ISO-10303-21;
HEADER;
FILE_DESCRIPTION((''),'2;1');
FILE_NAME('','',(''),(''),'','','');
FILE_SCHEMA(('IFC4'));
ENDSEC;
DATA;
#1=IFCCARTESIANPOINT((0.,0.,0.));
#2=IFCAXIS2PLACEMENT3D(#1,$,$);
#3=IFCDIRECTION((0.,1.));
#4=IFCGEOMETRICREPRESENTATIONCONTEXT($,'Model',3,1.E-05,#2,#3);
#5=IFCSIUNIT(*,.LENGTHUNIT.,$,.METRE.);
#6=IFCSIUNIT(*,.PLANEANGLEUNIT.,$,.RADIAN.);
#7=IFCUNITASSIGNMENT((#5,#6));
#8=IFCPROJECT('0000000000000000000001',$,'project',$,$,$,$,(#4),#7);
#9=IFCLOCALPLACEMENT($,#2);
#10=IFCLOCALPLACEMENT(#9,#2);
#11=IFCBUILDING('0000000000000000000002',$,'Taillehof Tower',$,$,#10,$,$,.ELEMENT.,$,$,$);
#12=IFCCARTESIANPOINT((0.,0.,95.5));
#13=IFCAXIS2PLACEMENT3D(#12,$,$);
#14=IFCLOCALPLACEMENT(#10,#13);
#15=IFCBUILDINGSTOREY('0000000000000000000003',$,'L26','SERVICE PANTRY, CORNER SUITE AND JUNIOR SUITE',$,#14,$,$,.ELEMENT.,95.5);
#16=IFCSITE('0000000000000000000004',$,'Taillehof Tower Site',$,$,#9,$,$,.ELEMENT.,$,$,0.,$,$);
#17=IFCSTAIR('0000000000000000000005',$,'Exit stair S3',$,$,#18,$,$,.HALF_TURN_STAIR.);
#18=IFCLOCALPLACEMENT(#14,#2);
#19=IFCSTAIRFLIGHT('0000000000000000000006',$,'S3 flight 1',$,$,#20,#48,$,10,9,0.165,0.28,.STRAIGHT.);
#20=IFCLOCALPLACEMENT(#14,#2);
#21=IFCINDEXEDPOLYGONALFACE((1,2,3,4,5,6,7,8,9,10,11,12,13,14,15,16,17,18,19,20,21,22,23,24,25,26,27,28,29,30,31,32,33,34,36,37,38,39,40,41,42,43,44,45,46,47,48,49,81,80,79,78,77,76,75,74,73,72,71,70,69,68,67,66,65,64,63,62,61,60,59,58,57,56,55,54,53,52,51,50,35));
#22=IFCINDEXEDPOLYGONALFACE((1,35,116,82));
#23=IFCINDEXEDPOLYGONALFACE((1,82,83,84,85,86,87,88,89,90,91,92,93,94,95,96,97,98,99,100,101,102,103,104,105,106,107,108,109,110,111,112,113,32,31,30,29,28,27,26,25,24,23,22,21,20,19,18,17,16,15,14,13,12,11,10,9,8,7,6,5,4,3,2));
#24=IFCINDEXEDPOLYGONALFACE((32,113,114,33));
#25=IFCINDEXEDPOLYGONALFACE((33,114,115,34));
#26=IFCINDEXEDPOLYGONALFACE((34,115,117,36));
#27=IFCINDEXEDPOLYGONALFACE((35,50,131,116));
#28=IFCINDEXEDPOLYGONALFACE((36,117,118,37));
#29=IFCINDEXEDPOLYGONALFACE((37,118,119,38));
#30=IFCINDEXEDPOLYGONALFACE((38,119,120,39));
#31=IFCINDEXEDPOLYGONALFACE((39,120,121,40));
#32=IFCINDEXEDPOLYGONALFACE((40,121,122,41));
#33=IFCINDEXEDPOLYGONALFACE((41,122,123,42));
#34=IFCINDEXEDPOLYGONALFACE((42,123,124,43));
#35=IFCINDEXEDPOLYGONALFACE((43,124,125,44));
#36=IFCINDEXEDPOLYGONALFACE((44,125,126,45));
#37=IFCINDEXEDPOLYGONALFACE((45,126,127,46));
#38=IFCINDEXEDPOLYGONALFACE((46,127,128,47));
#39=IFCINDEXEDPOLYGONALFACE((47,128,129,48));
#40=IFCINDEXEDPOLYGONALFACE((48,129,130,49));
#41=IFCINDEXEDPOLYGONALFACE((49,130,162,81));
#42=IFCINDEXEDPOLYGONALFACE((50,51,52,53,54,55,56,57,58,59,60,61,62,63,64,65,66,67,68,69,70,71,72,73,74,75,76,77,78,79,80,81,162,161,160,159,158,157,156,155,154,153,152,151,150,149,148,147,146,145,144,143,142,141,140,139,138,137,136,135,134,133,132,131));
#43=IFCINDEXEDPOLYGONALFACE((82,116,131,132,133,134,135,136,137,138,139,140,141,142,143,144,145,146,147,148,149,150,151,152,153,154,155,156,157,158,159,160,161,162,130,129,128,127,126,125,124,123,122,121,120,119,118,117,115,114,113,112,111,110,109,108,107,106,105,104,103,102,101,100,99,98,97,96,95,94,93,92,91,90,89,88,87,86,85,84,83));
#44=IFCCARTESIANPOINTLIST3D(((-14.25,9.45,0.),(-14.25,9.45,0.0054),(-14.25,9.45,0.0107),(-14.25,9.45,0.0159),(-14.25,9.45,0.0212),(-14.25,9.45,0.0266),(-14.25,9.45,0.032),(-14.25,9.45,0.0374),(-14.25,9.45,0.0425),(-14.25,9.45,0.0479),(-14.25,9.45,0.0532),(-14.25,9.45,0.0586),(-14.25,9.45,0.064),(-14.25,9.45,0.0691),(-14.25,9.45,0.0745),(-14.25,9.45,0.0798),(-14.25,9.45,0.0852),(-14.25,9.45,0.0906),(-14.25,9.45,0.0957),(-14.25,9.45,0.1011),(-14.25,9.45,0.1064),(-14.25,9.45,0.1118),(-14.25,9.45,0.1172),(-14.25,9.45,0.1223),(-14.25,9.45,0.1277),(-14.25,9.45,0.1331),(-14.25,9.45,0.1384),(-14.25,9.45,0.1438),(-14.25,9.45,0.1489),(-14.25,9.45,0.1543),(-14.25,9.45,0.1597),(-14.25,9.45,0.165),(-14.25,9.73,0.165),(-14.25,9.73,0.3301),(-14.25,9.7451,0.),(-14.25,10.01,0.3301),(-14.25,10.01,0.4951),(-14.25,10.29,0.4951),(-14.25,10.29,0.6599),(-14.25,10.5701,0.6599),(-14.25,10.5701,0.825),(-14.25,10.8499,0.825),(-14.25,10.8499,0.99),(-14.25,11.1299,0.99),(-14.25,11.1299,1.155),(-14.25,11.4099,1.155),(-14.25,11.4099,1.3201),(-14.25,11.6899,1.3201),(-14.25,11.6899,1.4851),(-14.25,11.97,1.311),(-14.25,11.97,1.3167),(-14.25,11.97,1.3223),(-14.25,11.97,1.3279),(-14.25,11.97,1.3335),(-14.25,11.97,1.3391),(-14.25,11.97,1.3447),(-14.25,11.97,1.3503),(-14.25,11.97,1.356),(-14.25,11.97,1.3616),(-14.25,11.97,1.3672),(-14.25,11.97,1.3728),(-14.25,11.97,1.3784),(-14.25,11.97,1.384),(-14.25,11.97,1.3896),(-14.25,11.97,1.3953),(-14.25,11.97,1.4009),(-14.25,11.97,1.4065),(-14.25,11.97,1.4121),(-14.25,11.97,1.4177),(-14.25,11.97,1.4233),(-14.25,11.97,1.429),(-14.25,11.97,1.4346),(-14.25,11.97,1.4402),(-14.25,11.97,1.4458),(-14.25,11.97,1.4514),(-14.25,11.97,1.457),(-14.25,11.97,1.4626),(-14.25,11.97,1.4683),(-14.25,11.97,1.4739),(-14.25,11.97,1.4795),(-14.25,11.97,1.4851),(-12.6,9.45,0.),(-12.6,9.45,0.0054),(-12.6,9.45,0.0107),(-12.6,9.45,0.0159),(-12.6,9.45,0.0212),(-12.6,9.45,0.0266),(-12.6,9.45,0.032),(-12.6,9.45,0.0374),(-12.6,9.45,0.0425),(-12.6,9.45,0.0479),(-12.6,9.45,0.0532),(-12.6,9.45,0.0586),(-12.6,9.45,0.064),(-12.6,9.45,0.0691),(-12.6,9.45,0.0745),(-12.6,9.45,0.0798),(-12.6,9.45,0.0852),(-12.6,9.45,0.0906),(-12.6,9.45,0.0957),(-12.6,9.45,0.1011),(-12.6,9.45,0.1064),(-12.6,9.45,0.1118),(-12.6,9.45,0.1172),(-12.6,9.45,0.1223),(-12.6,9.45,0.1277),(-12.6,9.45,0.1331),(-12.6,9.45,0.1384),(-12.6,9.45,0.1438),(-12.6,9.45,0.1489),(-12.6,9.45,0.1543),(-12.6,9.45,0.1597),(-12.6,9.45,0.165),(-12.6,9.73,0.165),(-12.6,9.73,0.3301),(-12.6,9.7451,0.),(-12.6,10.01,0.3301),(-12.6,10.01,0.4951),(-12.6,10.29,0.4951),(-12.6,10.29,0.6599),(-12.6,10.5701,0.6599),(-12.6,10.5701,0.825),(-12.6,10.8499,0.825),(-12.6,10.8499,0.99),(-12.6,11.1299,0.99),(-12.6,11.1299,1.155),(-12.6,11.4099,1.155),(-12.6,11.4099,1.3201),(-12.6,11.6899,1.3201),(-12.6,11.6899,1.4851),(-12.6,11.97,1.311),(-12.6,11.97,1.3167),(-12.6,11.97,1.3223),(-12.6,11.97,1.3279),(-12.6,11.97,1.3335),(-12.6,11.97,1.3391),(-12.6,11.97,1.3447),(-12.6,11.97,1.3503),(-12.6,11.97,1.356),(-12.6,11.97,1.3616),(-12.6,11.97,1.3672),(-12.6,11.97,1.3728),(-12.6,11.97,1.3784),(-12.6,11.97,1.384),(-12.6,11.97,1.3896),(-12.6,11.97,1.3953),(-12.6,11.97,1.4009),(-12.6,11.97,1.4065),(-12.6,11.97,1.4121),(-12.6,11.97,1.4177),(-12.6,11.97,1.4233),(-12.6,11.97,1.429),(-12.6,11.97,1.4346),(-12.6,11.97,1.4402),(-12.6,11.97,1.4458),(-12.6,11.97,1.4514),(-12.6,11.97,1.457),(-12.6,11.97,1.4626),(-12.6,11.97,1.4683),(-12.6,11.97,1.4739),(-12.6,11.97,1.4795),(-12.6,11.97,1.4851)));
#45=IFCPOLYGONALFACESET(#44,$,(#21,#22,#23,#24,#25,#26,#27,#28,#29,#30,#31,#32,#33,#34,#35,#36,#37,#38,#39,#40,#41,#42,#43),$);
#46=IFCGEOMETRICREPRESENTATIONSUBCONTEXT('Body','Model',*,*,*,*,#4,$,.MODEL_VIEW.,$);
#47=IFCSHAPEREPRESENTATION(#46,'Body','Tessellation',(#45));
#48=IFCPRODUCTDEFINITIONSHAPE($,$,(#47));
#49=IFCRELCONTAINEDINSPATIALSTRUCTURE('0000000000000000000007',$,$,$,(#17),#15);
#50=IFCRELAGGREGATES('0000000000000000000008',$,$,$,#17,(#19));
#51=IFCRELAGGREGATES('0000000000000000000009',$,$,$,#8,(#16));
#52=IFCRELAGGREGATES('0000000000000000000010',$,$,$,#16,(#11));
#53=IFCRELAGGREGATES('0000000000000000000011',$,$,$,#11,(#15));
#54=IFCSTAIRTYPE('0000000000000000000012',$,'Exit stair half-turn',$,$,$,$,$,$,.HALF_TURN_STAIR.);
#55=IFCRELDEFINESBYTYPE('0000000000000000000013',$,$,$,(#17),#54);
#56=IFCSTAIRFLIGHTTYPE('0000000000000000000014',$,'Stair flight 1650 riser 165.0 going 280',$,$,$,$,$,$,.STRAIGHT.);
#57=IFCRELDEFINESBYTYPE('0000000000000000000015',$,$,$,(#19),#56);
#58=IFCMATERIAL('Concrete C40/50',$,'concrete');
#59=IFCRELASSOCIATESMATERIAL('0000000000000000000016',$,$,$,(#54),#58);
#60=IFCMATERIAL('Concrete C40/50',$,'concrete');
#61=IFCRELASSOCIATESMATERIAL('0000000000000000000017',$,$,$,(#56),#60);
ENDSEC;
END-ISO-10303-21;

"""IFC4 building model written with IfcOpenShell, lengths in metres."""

from ifc_helpers import new_model, si_unit, direction, frame, origin, place, context, subcontext, project, spatial, polyline, outline, extrude, material, type_object, element, aggregate, save


model = new_model("IFC4")

# Units and contexts
model_context = context("Model", 3, precision=1e-05, world=origin(), true_north=direction((0.0, 1.0)))
body_context = subcontext(model_context, "Body", "Model", "MODEL_VIEW")
ifc_project = project(units=[si_unit("LENGTHUNIT", "METRE"), si_unit("PLANEANGLEUNIT", "RADIAN")], contexts=[model_context])

# Site, building, storey
site_placement = place(None, origin())
site = spatial("IfcSite", under=ifc_project, at=site_placement, Name="Taillehof Tower Site", CompositionType="ELEMENT", RefElevation=0.0)
building_placement = place(site_placement, origin())
building = spatial("IfcBuilding", under=site, at=building_placement, Name="Taillehof Tower", CompositionType="ELEMENT")
storey_placement = place(building_placement, frame((0.0, 0.0, 95.5)))
storey = spatial("IfcBuildingStorey", under=building, at=storey_placement, Name="L26", Description="SERVICE PANTRY, CORNER SUITE AND JUNIOR SUITE", CompositionType="ELEMENT", Elevation=95.5)

# Stair, stair flight
ifc_material_1 = material(Name="Concrete C40/50", Category="concrete")
stair_type = type_object("IfcStairType", Name="Exit stair half-turn", PredefinedType="HALF_TURN_STAIR", material=ifc_material_1)
stair_placement = place(storey_placement, origin())
stair = element("IfcStair", 1, at=stair_placement, inside=storey, type_object=stair_type, Name="Exit stair S3", PredefinedType="HALF_TURN_STAIR")
ifc_material_2 = material(Name="Concrete C40/50", Category="concrete")
stair_flight_type = type_object("IfcStairFlightType", Name="Stair flight 1650 riser 165.0 going 280", PredefinedType="STRAIGHT", material=ifc_material_2)
stair_flight_placement = place(storey_placement, frame((-13.425, 9.45, 0.0), z_axis=(0.0, 0.0, 1.0), x_axis=(0.0, 1.0, 0.0)))
stair_flight = element("IfcStairFlight", 2, at=stair_flight_placement, type_object=stair_flight_type, Name="S3 flight 1", NumberOfRisers=10, NumberOfTreads=9, PredefinedType="STRAIGHT", RiserHeight=0.165, TreadLength=0.28, context=body_context, shape_type="SweptSolid", body=[
    extrude(outline(polyline([(0.0, 0.0), (0.0, 0.0054), (0.0, 0.0107), (0.0, 0.0159), (0.0, 0.0212), (0.0, 0.0266), (0.0, 0.032), (0.0, 0.0374), (0.0, 0.0425), (0.0, 0.0479), (0.0, 0.0532), (0.0, 0.0586), (0.0, 0.064), (0.0, 0.0691), (0.0, 0.0745), (0.0, 0.0798), (0.0, 0.0852), (0.0, 0.0906), (0.0, 0.0957), (0.0, 0.1011), (0.0, 0.1064), (0.0, 0.1118), (0.0, 0.1172), (0.0, 0.1223), (0.0, 0.1277), (0.0, 0.1331), (0.0, 0.1384), (0.0, 0.1438), (0.0, 0.1489), (0.0, 0.1543), (0.0, 0.1597), (0.0, 0.165), (0.28, 0.165), (0.28, 0.3301), (0.5601, 0.3301), (0.5601, 0.4951), (0.8401, 0.4951), (0.8401, 0.6599), (1.1201, 0.6599), (1.1201, 0.825), (1.3999, 0.825), (1.3999, 0.99), (1.6799, 0.99), (1.6799, 1.155), (1.96, 1.155), (1.96, 1.3201), (2.24, 1.3201), (2.24, 1.4851), (2.52, 1.4851), (2.52, 1.4795), (2.52, 1.4739), (2.52, 1.4683), (2.52, 1.4626), (2.52, 1.457), (2.52, 1.4514), (2.52, 1.4458), (2.52, 1.4402), (2.52, 1.4346), (2.52, 1.429), (2.52, 1.4233), (2.52, 1.4177), (2.52, 1.4121), (2.52, 1.4065), (2.52, 1.4009), (2.52, 1.3953), (2.52, 1.3896), (2.52, 1.384), (2.52, 1.3784), (2.52, 1.3728), (2.52, 1.3672), (2.52, 1.3616), (2.52, 1.356), (2.52, 1.3503), (2.52, 1.3447), (2.52, 1.3391), (2.52, 1.3335), (2.52, 1.3279), (2.52, 1.3223), (2.52, 1.3167), (2.52, 1.311), (0.2952, 0.0), (0.0, 0.0)])), frame((0.0, 0.825, 0.0), z_axis=(0.0, -1.0, 0.0), x_axis=(1.0, 0.0, 0.0)), (0.0, 0.0, 1.0), 1.65),
])
aggregate(stair, [stair_flight])

save(model, "model.ifc")
